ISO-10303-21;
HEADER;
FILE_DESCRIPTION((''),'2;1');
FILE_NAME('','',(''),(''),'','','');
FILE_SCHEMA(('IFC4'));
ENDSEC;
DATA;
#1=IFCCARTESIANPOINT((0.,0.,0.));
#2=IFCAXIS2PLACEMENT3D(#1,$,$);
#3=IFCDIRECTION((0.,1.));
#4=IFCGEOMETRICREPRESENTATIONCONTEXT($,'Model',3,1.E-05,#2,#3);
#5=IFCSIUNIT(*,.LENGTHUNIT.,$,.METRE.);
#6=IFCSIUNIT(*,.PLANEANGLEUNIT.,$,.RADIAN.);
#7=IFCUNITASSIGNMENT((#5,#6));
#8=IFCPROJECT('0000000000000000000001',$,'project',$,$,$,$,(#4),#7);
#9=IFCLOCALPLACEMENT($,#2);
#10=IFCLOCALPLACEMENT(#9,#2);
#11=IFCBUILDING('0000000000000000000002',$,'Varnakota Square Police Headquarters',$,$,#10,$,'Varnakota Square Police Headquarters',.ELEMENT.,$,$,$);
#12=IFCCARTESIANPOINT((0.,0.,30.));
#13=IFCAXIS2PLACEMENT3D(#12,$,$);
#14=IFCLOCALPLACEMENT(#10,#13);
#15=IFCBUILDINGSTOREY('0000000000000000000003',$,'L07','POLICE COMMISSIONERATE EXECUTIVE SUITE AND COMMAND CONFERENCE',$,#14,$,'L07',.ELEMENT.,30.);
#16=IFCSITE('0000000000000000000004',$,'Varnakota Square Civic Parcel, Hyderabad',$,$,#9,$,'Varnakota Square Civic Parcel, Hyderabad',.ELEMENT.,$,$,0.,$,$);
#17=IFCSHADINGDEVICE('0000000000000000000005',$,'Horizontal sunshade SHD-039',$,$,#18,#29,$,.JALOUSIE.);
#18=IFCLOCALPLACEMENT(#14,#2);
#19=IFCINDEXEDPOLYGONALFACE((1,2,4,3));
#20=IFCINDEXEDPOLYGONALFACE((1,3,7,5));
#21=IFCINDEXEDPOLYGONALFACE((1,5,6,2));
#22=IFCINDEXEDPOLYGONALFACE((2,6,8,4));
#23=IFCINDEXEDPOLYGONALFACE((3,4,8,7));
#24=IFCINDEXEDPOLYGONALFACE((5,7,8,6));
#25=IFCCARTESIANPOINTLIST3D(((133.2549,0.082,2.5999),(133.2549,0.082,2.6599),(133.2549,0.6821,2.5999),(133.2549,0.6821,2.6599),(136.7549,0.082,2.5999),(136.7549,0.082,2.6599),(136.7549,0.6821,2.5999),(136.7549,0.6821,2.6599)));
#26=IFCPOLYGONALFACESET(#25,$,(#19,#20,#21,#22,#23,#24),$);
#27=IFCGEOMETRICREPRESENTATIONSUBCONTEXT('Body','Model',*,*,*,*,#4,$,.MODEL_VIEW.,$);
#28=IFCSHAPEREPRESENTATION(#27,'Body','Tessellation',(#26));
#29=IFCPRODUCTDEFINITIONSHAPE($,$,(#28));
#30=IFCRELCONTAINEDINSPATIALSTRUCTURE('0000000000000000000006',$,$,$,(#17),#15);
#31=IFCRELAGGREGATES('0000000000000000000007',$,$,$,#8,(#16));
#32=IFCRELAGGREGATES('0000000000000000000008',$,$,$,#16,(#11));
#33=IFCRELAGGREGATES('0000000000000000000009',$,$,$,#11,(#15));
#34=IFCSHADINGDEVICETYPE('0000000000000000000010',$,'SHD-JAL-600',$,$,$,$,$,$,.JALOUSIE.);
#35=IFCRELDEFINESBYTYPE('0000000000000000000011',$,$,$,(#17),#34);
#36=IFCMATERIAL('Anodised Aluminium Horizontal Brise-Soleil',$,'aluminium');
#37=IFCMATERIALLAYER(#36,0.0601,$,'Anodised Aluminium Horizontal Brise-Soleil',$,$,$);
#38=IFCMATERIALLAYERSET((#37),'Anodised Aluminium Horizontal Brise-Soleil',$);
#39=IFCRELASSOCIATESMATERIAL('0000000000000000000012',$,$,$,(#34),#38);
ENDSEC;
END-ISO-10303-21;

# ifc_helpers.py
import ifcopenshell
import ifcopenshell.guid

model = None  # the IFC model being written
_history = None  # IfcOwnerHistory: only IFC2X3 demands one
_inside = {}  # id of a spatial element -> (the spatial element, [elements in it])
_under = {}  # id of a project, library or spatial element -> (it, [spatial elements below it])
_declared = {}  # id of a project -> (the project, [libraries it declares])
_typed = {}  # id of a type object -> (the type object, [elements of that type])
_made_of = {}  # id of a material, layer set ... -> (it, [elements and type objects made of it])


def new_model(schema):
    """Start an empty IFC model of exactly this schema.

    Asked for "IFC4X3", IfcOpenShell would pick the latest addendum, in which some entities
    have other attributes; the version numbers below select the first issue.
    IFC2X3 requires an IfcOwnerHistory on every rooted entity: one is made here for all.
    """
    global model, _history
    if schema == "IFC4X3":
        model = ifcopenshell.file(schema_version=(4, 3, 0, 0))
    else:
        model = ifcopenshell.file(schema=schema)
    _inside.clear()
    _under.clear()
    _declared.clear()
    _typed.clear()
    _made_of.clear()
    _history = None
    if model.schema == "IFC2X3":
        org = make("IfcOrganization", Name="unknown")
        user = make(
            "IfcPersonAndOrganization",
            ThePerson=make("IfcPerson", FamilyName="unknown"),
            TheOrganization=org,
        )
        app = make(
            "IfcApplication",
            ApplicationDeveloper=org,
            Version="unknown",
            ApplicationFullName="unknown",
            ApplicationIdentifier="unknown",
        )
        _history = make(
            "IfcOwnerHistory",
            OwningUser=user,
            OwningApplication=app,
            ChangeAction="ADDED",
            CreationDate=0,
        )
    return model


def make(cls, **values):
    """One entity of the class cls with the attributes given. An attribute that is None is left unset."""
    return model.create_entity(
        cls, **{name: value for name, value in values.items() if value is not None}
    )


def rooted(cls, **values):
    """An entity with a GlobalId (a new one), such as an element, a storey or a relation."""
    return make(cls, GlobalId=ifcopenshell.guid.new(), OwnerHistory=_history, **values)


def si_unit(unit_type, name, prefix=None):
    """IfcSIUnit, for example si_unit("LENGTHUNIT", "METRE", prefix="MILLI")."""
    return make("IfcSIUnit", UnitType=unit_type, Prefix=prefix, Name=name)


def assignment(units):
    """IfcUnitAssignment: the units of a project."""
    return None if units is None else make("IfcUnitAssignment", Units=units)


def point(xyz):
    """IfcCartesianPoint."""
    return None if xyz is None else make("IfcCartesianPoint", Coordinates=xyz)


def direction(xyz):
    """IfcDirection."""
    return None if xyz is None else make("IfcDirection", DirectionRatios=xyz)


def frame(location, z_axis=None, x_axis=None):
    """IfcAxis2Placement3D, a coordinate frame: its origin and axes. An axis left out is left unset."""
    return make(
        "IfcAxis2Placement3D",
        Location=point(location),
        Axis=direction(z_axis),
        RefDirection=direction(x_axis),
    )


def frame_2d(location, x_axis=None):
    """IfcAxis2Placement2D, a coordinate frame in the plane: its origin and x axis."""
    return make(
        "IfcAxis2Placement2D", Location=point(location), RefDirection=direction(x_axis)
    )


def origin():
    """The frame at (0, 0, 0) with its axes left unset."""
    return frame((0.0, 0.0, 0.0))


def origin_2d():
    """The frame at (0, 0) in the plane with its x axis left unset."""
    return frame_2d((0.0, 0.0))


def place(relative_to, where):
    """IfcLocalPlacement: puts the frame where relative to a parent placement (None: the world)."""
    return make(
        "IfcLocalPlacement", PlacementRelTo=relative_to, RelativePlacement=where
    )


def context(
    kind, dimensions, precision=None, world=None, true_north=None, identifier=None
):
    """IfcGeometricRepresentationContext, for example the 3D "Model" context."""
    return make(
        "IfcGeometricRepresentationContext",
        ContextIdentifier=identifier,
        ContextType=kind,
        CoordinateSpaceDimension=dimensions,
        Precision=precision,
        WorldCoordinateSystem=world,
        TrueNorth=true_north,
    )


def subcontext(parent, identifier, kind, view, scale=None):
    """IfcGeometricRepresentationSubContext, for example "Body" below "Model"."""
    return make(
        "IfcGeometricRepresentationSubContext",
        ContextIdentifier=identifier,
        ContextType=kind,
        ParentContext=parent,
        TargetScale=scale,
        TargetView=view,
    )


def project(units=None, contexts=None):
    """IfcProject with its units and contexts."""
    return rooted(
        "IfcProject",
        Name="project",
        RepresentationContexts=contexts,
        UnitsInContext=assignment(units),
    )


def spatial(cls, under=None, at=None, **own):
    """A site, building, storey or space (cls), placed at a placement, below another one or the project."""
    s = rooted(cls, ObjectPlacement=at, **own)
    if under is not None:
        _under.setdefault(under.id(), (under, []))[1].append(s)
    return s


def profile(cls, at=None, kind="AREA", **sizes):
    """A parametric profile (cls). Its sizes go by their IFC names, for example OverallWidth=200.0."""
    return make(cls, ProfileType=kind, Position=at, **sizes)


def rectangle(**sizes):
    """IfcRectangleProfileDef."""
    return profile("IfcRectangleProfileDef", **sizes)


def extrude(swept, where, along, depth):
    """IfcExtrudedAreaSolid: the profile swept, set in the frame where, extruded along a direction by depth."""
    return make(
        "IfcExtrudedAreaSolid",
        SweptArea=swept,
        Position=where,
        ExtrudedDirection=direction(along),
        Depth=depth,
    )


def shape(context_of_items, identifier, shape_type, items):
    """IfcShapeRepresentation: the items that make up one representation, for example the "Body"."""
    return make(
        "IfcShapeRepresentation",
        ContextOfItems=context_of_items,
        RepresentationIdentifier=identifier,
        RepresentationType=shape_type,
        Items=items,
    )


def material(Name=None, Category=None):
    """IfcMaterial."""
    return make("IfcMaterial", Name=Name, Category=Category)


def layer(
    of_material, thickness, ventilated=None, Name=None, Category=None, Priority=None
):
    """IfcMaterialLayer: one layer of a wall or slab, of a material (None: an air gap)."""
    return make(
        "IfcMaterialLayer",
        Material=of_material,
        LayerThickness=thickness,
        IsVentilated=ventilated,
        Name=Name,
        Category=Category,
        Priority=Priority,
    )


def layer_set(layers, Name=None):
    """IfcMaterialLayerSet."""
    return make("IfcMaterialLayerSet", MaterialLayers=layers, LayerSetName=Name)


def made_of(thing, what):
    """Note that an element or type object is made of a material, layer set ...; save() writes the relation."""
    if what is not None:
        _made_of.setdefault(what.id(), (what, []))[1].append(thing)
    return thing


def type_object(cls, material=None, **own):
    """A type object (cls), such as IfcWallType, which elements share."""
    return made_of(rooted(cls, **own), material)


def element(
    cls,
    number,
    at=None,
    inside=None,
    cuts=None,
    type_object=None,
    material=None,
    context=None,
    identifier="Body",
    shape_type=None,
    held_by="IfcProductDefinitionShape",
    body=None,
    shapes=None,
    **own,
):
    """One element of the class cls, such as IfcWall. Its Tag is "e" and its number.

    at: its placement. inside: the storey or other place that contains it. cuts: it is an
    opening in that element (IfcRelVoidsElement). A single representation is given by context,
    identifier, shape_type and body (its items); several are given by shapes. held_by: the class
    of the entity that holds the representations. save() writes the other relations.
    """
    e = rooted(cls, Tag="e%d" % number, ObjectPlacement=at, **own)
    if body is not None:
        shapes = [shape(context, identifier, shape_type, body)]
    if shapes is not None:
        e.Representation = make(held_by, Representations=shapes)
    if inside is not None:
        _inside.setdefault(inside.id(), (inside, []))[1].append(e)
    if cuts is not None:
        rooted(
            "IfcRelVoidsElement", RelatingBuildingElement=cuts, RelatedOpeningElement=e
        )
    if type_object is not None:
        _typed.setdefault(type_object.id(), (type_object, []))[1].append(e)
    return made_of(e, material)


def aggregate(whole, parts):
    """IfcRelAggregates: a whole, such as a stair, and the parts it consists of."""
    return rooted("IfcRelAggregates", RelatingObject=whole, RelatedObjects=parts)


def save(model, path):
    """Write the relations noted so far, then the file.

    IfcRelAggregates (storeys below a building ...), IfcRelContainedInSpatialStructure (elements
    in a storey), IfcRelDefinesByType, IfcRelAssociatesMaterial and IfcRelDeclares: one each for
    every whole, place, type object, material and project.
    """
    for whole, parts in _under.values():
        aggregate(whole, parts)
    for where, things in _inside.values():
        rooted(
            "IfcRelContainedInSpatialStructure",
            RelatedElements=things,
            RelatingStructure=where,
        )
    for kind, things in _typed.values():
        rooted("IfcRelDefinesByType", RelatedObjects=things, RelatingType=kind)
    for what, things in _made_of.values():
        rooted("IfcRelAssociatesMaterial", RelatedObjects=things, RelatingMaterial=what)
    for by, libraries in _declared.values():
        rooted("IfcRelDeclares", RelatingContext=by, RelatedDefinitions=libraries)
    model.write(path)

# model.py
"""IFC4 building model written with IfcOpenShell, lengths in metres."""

from ifc_helpers import new_model, si_unit, direction, frame, origin, origin_2d, place, context, subcontext, project, spatial, rectangle, extrude, material, layer, layer_set, type_object, element, save


model = new_model("IFC4")

# Units and contexts
model_context = context("Model", 3, precision=1e-05, world=origin(), true_north=direction((0.0, 1.0)))
body_context = subcontext(model_context, "Body", "Model", "MODEL_VIEW")
ifc_project = project(units=[si_unit("LENGTHUNIT", "METRE"), si_unit("PLANEANGLEUNIT", "RADIAN")], contexts=[model_context])

# Site, building, storey
site_placement = place(None, origin())
site = spatial("IfcSite", under=ifc_project, at=site_placement, Name="Varnakota Square Civic Parcel, Hyderabad", LongName="Varnakota Square Civic Parcel, Hyderabad", CompositionType="ELEMENT", RefElevation=0.0)
building_placement = place(site_placement, origin())
building = spatial("IfcBuilding", under=site, at=building_placement, Name="Varnakota Square Police Headquarters", LongName="Varnakota Square Police Headquarters", CompositionType="ELEMENT")
storey_placement = place(building_placement, frame((0.0, 0.0, 30.0)))
storey = spatial("IfcBuildingStorey", under=building, at=storey_placement, Name="L07", Description="POLICE COMMISSIONERATE EXECUTIVE SUITE AND COMMAND CONFERENCE", LongName="L07", CompositionType="ELEMENT", Elevation=30.0)

# Shading device
ifc_material_1 = material(Name="Anodised Aluminium Horizontal Brise-Soleil", Category="aluminium")
ifc_layer_1 = layer(ifc_material_1, 0.0601, Name="Anodised Aluminium Horizontal Brise-Soleil")
ifc_layer_set_1 = layer_set([ifc_layer_1], Name="Anodised Aluminium Horizontal Brise-Soleil")
shading_device_type = type_object("IfcShadingDeviceType", Name="SHD-JAL-600", PredefinedType="JALOUSIE", material=ifc_layer_set_1)
shading_device_placement = place(storey_placement, frame((135.0049, 0.3821, 2.5999), z_axis=(0.0, 0.0, 1.0), x_axis=(1.0, 0.0, 0.0)))
element("IfcShadingDevice", 1, at=shading_device_placement, inside=storey, type_object=shading_device_type, Name="Horizontal sunshade SHD-039", PredefinedType="JALOUSIE", context=body_context, shape_type="SweptSolid", body=[
    extrude(rectangle(XDim=3.5, YDim=0.6001, at=origin_2d()), origin(), (0.0, 0.0, 1.0), 0.0601),
])

save(model, "model.ifc")
